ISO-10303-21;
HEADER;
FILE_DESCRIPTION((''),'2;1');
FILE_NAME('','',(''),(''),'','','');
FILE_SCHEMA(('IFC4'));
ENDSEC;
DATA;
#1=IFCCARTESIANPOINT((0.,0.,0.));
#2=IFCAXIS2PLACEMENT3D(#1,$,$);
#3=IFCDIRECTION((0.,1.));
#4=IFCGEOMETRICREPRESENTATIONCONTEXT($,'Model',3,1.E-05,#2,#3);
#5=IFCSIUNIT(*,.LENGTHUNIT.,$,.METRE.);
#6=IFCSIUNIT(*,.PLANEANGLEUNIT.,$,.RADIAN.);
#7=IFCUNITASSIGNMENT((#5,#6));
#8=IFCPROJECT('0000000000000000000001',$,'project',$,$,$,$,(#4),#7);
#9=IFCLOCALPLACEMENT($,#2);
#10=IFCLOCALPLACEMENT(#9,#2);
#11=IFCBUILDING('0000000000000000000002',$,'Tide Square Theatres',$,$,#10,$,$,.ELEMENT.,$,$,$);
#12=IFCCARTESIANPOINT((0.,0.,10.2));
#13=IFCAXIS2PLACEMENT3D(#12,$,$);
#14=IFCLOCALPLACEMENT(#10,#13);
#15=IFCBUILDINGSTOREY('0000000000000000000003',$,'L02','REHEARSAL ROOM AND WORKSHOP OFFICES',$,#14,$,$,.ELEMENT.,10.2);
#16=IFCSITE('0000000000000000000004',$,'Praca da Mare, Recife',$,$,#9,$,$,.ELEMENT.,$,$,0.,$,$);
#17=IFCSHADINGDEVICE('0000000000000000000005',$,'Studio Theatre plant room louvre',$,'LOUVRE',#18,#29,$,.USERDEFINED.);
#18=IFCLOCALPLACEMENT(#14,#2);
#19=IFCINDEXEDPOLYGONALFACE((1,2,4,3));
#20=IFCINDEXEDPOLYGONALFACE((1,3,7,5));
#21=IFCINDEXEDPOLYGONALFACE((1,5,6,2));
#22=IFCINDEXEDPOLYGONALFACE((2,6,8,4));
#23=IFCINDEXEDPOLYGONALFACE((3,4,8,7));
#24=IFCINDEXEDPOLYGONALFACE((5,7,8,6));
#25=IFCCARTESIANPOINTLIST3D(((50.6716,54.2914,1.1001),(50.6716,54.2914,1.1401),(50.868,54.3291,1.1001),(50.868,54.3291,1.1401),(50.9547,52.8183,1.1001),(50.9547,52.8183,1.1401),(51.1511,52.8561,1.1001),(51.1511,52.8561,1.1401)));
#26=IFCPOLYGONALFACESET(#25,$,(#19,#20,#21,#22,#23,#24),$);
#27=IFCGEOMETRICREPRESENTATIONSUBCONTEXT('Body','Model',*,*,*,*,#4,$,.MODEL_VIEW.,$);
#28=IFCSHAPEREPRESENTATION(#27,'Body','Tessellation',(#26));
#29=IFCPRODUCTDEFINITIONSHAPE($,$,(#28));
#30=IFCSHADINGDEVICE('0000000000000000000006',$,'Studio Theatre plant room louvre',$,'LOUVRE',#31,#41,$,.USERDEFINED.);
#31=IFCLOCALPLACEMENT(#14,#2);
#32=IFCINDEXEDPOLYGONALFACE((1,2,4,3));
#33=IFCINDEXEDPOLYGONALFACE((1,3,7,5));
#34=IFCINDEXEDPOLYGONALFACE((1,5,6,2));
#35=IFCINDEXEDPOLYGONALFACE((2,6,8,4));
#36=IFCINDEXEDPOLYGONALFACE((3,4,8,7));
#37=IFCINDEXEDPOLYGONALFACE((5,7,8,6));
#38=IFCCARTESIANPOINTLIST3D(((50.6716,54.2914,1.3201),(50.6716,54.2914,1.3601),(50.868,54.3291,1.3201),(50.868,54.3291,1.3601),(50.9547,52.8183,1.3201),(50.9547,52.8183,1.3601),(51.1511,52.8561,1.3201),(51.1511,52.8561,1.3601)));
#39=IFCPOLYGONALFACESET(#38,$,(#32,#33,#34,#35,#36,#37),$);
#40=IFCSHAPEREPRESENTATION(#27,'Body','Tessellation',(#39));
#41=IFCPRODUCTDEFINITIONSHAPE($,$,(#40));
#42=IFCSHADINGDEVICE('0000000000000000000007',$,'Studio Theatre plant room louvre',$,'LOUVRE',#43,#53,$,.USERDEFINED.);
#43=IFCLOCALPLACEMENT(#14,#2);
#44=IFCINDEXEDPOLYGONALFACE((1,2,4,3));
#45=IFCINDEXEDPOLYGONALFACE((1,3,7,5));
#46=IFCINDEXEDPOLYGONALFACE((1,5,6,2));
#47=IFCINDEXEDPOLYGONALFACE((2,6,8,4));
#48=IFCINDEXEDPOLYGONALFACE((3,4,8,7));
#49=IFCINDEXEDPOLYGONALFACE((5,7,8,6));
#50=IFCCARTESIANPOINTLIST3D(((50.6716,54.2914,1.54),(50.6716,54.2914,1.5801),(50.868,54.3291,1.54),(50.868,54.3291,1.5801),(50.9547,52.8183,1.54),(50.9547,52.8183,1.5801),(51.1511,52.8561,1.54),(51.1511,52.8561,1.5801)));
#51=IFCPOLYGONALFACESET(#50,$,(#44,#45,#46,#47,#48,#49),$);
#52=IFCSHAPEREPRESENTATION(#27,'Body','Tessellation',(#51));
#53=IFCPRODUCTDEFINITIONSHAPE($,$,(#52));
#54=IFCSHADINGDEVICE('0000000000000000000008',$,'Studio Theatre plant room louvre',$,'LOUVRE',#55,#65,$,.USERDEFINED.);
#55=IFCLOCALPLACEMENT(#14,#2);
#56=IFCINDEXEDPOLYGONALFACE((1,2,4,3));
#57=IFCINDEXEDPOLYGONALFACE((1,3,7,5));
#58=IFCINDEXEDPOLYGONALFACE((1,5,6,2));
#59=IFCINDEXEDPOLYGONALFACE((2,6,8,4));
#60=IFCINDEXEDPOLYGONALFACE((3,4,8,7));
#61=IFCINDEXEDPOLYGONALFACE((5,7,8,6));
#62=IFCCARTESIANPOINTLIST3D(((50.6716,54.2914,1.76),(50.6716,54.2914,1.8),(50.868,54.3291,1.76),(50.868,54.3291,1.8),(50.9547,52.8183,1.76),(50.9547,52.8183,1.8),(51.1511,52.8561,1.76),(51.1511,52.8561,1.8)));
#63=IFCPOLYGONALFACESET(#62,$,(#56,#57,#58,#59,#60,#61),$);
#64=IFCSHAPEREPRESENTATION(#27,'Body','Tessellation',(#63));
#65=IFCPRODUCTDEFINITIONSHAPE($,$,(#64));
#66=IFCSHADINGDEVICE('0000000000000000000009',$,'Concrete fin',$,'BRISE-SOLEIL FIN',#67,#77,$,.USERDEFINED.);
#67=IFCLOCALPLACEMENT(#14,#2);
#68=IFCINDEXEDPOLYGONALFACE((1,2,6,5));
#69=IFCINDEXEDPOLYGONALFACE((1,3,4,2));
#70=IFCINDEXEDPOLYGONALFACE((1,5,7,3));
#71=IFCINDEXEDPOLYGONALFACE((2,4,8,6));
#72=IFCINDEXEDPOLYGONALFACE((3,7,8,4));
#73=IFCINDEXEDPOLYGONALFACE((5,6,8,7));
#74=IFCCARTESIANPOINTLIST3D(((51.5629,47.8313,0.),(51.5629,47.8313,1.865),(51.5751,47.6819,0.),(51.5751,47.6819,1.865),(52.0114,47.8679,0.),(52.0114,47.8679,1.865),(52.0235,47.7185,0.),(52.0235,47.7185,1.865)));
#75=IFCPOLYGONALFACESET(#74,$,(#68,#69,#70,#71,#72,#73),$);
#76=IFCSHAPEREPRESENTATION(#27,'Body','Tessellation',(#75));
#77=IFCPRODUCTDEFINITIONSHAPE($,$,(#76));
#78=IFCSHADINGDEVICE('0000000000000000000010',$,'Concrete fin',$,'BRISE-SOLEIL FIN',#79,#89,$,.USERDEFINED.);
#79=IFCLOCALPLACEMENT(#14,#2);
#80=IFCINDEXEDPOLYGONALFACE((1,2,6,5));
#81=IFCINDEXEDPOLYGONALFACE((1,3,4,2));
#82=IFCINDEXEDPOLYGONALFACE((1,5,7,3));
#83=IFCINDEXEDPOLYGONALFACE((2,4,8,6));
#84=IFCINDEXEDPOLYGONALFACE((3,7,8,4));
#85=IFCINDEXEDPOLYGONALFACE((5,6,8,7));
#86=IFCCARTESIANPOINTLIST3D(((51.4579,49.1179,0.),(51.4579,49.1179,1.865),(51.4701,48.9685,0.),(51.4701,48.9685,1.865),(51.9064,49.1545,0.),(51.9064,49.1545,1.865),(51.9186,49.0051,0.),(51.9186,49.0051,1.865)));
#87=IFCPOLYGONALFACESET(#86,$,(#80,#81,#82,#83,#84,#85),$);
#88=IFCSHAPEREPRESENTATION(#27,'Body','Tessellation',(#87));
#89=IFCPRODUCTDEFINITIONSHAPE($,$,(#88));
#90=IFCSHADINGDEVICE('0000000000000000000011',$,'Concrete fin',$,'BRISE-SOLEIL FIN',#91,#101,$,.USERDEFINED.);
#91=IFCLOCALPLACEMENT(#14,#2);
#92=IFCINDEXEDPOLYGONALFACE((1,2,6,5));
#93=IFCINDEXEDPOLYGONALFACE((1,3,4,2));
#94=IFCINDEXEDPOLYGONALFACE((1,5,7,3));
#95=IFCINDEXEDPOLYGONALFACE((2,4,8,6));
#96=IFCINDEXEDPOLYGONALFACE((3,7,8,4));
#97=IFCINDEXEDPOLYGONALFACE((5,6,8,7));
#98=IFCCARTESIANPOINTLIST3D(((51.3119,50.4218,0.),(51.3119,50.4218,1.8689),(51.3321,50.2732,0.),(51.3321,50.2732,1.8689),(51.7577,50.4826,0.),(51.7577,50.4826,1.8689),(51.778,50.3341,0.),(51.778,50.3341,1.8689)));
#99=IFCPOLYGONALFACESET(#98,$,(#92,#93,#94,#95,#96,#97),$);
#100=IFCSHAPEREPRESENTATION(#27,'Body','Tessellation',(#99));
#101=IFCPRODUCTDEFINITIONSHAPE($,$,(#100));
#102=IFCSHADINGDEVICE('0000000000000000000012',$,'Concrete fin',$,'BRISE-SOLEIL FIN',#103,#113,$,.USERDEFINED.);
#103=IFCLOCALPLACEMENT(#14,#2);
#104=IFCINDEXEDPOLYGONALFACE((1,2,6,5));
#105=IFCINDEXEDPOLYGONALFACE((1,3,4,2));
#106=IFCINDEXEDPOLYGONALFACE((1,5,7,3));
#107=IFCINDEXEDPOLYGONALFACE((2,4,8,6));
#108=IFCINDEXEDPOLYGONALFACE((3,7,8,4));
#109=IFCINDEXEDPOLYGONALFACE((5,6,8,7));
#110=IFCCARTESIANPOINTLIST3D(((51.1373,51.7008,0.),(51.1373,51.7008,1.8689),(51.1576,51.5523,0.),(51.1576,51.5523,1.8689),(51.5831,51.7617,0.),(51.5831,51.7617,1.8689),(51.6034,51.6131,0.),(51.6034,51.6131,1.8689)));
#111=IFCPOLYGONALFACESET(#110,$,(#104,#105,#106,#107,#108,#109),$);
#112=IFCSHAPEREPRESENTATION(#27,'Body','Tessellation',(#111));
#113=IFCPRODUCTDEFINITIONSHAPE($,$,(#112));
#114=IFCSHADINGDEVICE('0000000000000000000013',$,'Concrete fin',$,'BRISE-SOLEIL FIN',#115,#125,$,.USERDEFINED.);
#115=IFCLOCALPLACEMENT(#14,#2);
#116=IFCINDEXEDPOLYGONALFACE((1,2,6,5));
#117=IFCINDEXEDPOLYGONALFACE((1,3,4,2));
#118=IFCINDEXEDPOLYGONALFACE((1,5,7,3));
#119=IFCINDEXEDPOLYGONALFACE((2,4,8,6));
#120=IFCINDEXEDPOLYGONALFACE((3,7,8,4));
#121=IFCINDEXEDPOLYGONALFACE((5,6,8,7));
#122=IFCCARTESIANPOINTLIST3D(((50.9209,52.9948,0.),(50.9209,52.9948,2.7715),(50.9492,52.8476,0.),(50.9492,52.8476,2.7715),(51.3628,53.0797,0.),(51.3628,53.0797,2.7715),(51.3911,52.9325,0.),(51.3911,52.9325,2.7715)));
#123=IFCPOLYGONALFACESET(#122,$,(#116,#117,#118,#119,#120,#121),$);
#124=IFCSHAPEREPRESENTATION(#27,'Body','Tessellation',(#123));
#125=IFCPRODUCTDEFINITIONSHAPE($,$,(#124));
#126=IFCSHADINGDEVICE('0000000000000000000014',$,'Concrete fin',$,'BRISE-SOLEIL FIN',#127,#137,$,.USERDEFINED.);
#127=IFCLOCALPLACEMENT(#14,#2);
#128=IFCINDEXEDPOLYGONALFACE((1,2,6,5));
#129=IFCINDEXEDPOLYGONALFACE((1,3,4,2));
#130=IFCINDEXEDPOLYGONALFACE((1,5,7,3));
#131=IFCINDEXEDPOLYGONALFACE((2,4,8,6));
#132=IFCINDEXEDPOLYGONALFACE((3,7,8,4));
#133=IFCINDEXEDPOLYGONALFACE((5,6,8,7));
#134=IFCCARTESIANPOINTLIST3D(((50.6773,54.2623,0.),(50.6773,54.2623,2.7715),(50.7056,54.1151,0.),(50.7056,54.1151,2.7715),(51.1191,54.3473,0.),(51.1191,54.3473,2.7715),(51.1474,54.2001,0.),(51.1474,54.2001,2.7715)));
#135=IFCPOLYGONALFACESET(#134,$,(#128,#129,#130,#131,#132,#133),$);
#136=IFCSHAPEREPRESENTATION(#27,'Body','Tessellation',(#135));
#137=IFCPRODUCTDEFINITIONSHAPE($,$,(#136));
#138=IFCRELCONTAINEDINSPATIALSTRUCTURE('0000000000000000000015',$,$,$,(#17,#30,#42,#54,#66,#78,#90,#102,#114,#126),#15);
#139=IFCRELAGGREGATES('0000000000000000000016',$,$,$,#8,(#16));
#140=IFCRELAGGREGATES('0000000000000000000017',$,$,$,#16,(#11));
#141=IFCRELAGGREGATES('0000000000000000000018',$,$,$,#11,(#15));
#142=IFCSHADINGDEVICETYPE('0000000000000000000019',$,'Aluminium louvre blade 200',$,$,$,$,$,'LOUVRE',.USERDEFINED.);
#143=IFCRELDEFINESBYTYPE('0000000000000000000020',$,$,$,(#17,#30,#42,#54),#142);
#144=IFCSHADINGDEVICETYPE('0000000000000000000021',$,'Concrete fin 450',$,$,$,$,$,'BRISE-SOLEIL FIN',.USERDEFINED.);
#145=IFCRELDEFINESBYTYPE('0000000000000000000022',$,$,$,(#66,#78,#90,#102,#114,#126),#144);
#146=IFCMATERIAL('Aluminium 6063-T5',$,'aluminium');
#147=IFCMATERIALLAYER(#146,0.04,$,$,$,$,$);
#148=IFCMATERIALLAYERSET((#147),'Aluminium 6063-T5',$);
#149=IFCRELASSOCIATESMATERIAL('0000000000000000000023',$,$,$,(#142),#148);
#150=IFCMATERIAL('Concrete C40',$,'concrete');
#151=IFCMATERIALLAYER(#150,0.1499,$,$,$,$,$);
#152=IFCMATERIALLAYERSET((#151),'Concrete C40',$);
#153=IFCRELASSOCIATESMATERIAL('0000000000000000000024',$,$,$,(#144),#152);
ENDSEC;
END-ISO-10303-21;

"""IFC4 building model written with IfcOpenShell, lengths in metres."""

from ifc_helpers import new_model, si_unit, direction, frame, origin, origin_2d, place, context, subcontext, project, spatial, rectangle, extrude, material, layer, layer_set, type_object, element, save


model = new_model("IFC4")

# Units and contexts
model_context = context("Model", 3, precision=1e-05, world=origin(), true_north=direction((0.0, 1.0)))
body_context = subcontext(model_context, "Body", "Model", "MODEL_VIEW")
ifc_project = project(units=[si_unit("LENGTHUNIT", "METRE"), si_unit("PLANEANGLEUNIT", "RADIAN")], contexts=[model_context])

# Site, building, storey
site_placement = place(None, origin())
site = spatial("IfcSite", under=ifc_project, at=site_placement, Name="Praca da Mare, Recife", CompositionType="ELEMENT", RefElevation=0.0)
building_placement = place(site_placement, origin())
building = spatial("IfcBuilding", under=site, at=building_placement, Name="Tide Square Theatres", CompositionType="ELEMENT")
storey_placement = place(building_placement, frame((0.0, 0.0, 10.2)))
storey = spatial("IfcBuildingStorey", under=building, at=storey_placement, Name="L02", Description="REHEARSAL ROOM AND WORKSHOP OFFICES", CompositionType="ELEMENT", Elevation=10.2)

# Shading devices
ifc_material_1 = material(Name="Aluminium 6063-T5", Category="aluminium")
ifc_layer_1 = layer(ifc_material_1, 0.04)
ifc_layer_set_1 = layer_set([ifc_layer_1], Name="Aluminium 6063-T5")
shading_device_type_1 = type_object("IfcShadingDeviceType", Name="Aluminium louvre blade 200", ElementType="LOUVRE", PredefinedType="USERDEFINED", material=ifc_layer_set_1)
for number, where, z_axis, x_axis, name in (
    (1, (50.9114, 53.5737, 1.1001), (0.0, 0.0, 1.0), (-0.188736, 0.982028, 0.0), "Studio Theatre plant room louvre"),
    (2, (50.9114, 53.5737, 1.3201), (0.0, 0.0, 1.0), (-0.188736, 0.982028, 0.0), "Studio Theatre plant room louvre"),
    (3, (50.9114, 53.5737, 1.54), (0.0, 0.0, 1.0), (-0.188736, 0.982028, 0.0), "Studio Theatre plant room louvre"),
    (4, (50.9114, 53.5737, 1.76), (0.0, 0.0, 1.0), (-0.188736, 0.982028, 0.0), "Studio Theatre plant room louvre"),
):
    element("IfcShadingDevice", number, at=place(storey_placement, frame(where, z_axis=z_axis, x_axis=x_axis)), inside=storey, type_object=shading_device_type_1, Name=name, ObjectType="LOUVRE", PredefinedType="USERDEFINED", context=body_context, shape_type="SweptSolid", body=[
        extrude(rectangle(XDim=1.5, YDim=0.2, at=origin_2d()), origin(), (0.0, 0.0, 1.0), 0.04),
    ])
ifc_material_2 = material(Name="Concrete C40", Category="concrete")
ifc_layer_2 = layer(ifc_material_2, 0.1499)
ifc_layer_set_2 = layer_set([ifc_layer_2], Name="Concrete C40")
shading_device_type_2 = type_object("IfcShadingDeviceType", Name="Concrete fin 450", ElementType="BRISE-SOLEIL FIN", PredefinedType="USERDEFINED", material=ifc_layer_set_2)
for number, where, z_axis, x_axis, name in (
    (5, (51.7932, 47.7749, 0.0), (0.0, 0.0, 1.0), (-0.081295, 0.99669, 0.0), "Concrete fin"),
    (6, (51.6882, 49.0615, 0.0), (0.0, 0.0, 1.0), (-0.081295, 0.99669, 0.0), "Concrete fin"),
):
    element("IfcShadingDevice", number, at=place(storey_placement, frame(where, z_axis=z_axis, x_axis=x_axis)), inside=storey, type_object=shading_device_type_2, Name=name, ObjectType="BRISE-SOLEIL FIN", PredefinedType="USERDEFINED", context=body_context, shape_type="SweptSolid", body=[
        extrude(rectangle(XDim=0.1499, YDim=0.45, at=origin_2d()), origin(), (0.0, 0.0, 1.0), 1.865),
    ])
for number, where, z_axis, x_axis, name in (
    (7, (51.5449, 50.3779, 0.0), (0.0, 0.0, 1.0), (-0.135214, 0.990816, 0.0), "Concrete fin"),
    (8, (51.3704, 51.657, 0.0), (0.0, 0.0, 1.0), (-0.135214, 0.990816, 0.0), "Concrete fin"),
):
    element("IfcShadingDevice", number, at=place(storey_placement, frame(where, z_axis=z_axis, x_axis=x_axis)), inside=storey, type_object=shading_device_type_2, Name=name, ObjectType="BRISE-SOLEIL FIN", PredefinedType="USERDEFINED", context=body_context, shape_type="SweptSolid", body=[
        extrude(rectangle(XDim=0.1499, YDim=0.45, at=origin_2d()), origin(), (0.0, 0.0, 1.0), 1.8689),
    ])
for number, where, z_axis, x_axis, name in (
    (9, (51.156, 52.9636, 0.0), (0.0, 0.0, 1.0), (-0.188736, 0.982028, 0.0), "Concrete fin"),
    (10, (50.9124, 54.2312, 0.0), (0.0, 0.0, 1.0), (-0.188736, 0.982028, 0.0), "Concrete fin"),
):
    element("IfcShadingDevice", number, at=place(storey_placement, frame(where, z_axis=z_axis, x_axis=x_axis)), inside=storey, type_object=shading_device_type_2, Name=name, ObjectType="BRISE-SOLEIL FIN", PredefinedType="USERDEFINED", context=body_context, shape_type="SweptSolid", body=[
        extrude(rectangle(XDim=0.1499, YDim=0.45, at=origin_2d()), origin(), (0.0, 0.0, 1.0), 2.7715),
    ])

save(model, "model.ifc")
